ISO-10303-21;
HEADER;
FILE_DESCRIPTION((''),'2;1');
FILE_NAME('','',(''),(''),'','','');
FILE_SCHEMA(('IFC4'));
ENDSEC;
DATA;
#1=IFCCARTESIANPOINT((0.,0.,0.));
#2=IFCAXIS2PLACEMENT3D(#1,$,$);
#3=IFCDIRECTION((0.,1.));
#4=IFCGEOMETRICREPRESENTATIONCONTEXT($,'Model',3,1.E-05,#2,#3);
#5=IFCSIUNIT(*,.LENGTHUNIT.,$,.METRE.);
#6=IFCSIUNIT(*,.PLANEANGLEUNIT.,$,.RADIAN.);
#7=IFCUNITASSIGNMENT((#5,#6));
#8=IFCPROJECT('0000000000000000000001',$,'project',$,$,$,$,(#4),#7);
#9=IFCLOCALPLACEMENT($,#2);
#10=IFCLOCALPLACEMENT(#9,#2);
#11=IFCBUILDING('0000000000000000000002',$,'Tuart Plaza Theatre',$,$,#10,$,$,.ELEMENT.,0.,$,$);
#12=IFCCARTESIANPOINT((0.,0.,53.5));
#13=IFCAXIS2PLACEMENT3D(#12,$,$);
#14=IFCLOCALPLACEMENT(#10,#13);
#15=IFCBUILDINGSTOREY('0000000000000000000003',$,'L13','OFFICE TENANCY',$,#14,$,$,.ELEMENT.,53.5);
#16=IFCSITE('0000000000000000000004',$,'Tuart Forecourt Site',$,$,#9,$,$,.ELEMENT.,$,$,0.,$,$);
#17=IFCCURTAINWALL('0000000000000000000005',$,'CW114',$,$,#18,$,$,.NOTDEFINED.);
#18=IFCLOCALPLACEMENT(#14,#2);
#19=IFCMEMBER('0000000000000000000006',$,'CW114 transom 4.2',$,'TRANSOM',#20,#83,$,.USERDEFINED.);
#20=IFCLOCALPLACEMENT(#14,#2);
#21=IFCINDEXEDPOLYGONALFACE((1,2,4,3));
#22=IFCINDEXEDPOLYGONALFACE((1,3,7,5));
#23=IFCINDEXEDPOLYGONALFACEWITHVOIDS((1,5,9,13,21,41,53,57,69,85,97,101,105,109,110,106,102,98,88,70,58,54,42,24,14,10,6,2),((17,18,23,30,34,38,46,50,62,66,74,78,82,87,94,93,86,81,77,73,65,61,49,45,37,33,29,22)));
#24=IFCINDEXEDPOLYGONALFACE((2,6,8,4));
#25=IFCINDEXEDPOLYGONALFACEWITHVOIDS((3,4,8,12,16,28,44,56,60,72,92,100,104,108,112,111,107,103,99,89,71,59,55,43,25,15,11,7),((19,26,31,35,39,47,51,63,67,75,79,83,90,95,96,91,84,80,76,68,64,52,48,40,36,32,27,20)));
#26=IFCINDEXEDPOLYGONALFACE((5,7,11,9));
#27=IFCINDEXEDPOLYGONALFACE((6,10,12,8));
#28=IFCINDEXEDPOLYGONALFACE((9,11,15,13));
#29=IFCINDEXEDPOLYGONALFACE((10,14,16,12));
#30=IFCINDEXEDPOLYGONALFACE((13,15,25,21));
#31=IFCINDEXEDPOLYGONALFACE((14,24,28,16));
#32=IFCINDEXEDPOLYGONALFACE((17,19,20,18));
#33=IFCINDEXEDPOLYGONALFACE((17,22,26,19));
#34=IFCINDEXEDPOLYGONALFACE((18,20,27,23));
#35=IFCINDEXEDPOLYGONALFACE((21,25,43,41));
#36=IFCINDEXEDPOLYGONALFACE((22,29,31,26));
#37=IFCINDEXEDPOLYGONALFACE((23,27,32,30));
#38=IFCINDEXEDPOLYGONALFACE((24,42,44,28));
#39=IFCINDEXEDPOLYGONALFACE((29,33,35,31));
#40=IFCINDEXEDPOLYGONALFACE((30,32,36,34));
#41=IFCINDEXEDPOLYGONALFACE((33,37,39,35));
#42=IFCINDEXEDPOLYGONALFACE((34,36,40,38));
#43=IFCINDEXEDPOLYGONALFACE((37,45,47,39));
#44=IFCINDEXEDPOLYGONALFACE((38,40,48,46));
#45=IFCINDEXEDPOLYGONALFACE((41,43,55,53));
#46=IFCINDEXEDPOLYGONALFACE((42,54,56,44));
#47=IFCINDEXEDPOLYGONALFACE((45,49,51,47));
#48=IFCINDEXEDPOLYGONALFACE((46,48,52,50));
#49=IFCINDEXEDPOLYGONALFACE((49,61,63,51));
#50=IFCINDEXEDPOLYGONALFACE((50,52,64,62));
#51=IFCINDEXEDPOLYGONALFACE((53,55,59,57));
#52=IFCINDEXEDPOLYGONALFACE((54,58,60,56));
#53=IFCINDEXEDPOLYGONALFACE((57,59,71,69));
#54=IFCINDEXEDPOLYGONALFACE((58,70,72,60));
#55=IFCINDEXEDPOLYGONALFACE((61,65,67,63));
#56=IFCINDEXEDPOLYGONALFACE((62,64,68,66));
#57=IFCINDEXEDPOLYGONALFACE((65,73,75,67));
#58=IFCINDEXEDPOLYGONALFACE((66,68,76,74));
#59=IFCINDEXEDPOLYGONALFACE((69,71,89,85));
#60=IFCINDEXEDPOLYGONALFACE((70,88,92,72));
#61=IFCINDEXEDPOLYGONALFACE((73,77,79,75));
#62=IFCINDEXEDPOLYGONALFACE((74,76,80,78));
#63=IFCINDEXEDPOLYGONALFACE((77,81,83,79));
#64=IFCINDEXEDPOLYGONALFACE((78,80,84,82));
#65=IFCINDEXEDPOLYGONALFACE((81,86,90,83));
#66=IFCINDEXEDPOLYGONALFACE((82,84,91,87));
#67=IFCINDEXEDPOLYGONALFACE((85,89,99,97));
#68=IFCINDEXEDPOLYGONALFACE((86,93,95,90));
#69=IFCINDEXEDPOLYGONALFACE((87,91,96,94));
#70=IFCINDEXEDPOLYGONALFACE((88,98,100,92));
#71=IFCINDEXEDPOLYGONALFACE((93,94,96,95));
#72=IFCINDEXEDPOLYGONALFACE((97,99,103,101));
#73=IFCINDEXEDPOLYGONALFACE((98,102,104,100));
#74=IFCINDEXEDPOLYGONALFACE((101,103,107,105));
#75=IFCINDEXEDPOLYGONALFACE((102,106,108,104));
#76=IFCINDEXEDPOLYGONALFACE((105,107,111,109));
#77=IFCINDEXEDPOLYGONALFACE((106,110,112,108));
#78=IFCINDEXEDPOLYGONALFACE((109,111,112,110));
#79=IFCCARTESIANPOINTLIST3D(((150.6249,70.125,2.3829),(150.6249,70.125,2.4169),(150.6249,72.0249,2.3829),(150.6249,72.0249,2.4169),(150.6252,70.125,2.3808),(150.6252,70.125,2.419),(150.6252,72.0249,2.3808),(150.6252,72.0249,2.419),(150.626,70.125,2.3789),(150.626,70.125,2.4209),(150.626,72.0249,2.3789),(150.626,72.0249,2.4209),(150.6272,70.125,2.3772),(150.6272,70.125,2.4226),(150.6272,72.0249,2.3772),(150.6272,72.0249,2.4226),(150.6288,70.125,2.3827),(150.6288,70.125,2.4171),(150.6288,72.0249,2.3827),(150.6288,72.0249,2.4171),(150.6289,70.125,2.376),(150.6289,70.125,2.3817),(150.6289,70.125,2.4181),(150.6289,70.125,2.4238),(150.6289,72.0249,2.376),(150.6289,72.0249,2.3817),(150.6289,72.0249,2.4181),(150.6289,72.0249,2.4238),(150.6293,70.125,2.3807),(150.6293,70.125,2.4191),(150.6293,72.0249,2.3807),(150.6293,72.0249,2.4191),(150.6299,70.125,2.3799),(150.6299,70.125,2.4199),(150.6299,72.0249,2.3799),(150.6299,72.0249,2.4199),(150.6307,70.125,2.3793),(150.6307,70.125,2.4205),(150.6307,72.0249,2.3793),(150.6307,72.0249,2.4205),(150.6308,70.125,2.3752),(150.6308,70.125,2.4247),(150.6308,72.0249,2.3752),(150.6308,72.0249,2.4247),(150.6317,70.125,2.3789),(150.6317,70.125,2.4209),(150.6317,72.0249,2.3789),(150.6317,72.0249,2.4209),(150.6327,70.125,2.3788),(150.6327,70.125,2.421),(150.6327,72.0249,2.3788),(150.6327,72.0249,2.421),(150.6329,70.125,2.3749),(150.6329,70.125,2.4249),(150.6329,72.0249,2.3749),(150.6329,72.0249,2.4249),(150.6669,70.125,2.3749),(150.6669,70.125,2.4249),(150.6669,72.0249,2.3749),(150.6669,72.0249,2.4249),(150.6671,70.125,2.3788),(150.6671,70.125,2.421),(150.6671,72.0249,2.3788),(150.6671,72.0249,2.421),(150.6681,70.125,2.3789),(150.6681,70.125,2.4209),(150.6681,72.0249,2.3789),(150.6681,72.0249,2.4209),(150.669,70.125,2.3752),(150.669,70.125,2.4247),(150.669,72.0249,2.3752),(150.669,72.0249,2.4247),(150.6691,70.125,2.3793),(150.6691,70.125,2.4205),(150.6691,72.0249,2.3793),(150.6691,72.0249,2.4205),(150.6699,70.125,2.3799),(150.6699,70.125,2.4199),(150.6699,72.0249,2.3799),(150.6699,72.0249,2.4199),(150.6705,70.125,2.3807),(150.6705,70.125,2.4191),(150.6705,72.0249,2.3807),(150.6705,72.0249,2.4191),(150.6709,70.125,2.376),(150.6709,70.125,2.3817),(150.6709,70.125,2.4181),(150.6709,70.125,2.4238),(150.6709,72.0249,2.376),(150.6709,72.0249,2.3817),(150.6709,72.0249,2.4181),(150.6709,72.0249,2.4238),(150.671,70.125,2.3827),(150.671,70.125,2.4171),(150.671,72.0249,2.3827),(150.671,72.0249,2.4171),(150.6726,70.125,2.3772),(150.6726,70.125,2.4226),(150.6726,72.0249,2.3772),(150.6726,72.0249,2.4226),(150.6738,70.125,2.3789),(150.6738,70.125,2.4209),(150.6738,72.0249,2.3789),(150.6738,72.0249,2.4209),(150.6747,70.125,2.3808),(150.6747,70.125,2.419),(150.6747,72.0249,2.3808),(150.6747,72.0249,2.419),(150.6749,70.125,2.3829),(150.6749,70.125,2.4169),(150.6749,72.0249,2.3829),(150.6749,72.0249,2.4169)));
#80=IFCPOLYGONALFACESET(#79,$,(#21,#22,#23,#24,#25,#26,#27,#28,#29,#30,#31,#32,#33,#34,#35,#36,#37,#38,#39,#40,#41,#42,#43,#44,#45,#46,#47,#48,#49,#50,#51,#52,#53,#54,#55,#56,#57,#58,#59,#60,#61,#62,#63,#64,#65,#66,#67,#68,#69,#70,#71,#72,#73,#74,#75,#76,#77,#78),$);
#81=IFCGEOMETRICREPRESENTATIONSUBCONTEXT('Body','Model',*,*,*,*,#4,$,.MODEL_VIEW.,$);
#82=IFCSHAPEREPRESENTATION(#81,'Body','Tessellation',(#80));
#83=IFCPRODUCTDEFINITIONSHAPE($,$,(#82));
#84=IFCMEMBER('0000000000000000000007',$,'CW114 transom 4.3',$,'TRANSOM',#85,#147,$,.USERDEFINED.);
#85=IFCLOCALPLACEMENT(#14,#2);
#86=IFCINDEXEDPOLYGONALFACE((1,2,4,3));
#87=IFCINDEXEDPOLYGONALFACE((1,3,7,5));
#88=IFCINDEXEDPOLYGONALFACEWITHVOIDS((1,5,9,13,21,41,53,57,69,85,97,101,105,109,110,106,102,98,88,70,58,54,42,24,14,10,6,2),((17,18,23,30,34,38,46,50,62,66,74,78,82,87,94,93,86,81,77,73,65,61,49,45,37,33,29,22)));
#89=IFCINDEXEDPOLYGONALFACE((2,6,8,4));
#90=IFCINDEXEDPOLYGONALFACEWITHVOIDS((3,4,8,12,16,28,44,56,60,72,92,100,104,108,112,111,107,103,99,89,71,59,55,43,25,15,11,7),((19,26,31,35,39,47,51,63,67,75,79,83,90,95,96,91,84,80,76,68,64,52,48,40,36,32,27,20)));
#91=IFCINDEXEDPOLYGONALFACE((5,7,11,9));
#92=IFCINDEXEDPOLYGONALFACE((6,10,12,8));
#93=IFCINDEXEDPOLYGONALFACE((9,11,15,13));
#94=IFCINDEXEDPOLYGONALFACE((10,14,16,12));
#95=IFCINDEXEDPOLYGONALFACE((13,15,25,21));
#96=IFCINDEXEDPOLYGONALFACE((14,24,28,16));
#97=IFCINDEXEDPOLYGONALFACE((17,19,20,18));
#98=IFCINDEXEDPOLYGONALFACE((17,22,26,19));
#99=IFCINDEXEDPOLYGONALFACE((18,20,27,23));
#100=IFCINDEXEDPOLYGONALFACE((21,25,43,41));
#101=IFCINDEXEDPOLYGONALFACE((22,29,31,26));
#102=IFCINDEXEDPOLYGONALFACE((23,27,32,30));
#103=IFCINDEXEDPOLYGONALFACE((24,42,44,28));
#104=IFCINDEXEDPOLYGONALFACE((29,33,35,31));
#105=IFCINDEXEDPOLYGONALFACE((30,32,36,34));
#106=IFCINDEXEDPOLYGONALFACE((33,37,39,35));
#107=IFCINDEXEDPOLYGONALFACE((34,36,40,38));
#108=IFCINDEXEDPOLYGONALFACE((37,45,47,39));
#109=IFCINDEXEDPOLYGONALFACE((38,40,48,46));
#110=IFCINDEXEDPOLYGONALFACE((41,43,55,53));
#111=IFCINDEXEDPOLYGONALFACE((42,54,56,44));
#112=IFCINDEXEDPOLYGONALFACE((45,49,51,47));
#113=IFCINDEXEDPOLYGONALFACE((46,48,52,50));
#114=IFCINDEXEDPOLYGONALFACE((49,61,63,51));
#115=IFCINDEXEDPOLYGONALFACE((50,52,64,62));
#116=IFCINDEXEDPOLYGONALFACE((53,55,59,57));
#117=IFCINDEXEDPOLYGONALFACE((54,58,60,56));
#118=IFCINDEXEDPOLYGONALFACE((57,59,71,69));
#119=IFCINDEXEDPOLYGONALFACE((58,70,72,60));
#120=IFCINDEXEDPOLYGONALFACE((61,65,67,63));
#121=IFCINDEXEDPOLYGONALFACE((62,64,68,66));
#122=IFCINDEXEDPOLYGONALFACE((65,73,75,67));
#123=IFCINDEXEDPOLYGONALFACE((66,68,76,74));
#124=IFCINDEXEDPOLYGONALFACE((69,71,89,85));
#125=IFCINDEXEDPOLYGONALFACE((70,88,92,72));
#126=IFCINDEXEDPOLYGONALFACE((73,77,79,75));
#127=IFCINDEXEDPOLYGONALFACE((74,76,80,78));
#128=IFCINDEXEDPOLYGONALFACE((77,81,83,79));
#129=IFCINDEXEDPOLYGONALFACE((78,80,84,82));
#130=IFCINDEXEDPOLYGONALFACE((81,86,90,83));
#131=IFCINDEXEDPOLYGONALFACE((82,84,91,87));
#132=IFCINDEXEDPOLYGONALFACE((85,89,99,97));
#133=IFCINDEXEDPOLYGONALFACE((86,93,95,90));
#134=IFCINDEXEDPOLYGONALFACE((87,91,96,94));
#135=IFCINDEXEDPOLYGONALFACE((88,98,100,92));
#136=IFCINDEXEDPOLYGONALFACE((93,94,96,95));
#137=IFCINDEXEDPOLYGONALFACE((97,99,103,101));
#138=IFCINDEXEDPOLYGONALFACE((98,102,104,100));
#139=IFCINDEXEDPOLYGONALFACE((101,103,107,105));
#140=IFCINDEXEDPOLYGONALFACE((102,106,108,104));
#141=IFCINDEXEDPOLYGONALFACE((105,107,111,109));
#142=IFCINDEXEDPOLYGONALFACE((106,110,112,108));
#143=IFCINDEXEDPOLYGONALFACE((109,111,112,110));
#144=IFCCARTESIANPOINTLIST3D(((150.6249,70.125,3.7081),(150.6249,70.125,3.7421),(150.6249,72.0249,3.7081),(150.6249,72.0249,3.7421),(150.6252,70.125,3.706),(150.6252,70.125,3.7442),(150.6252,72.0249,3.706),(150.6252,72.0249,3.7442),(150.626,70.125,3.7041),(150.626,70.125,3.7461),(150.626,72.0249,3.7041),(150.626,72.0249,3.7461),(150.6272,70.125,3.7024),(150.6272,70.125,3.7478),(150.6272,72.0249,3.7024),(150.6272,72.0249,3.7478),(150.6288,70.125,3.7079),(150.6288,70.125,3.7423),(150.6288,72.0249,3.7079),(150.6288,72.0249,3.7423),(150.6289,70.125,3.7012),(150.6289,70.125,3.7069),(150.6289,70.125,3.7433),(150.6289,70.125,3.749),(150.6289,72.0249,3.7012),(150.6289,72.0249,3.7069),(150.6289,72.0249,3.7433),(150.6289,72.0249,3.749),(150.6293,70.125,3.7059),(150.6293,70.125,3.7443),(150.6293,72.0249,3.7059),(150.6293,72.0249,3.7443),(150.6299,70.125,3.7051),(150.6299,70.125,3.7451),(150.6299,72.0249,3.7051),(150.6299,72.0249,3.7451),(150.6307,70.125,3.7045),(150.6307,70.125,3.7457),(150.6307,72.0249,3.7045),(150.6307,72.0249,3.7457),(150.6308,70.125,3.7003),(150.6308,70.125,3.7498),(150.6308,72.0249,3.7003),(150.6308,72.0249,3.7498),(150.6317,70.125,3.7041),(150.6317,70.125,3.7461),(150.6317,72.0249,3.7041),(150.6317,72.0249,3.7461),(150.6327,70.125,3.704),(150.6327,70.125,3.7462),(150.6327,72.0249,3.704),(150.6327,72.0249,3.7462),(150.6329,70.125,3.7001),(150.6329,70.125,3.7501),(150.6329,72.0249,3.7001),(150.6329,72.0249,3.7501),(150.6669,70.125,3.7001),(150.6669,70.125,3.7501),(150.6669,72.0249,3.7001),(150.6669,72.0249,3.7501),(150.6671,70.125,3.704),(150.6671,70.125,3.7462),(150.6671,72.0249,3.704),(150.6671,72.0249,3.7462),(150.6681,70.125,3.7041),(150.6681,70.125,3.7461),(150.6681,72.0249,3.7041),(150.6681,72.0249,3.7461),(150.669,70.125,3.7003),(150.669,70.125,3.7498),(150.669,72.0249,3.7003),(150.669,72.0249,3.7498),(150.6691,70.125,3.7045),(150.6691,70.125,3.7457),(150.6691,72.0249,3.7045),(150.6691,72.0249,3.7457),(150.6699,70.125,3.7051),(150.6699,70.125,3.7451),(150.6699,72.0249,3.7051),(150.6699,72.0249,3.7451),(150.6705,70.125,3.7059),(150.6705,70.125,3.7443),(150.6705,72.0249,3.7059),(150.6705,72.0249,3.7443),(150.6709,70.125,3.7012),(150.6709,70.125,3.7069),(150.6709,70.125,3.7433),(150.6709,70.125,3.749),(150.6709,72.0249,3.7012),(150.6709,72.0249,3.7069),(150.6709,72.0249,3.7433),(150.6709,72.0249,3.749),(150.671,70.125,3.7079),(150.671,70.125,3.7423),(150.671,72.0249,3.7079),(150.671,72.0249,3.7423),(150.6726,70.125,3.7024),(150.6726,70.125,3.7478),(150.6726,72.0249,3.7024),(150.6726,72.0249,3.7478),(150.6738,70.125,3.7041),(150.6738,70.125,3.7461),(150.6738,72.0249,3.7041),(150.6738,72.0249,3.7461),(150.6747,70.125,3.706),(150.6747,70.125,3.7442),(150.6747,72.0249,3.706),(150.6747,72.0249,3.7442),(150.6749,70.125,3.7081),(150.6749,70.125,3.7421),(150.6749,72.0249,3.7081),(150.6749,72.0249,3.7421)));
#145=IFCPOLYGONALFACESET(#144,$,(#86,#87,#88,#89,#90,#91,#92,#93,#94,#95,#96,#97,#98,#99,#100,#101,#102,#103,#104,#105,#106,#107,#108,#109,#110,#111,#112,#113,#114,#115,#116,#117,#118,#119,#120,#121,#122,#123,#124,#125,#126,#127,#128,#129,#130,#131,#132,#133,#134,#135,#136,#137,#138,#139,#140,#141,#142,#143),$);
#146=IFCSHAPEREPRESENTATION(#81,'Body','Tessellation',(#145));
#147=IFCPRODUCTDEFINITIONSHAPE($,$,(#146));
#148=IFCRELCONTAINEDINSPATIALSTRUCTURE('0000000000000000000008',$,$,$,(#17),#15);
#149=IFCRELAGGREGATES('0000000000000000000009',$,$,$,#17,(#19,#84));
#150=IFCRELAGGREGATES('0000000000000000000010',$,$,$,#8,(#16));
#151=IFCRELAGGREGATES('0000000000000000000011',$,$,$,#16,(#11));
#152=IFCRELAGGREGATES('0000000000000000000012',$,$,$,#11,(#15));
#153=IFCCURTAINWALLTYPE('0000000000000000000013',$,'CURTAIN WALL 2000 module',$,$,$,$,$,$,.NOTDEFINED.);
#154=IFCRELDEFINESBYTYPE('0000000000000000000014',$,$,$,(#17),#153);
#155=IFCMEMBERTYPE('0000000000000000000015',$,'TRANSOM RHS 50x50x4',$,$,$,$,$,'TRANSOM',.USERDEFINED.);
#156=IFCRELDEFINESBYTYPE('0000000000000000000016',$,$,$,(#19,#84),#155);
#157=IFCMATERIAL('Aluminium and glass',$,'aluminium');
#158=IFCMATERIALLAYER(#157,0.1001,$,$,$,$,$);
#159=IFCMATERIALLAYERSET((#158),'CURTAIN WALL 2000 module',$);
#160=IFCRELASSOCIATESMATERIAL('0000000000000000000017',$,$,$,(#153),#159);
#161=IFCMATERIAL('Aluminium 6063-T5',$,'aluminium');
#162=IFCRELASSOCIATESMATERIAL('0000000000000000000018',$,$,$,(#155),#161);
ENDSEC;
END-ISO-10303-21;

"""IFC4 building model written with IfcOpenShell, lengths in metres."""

from ifc_helpers import new_model, si_unit, direction, frame, origin, origin_2d, place, context, subcontext, project, spatial, hollow_rectangle, extrude, material, layer, layer_set, material_profile, profile_set, type_object, element, aggregate, save


model = new_model("IFC4")

# Units and contexts
model_context = context("Model", 3, precision=1e-05, world=origin(), true_north=direction((0.0, 1.0)))
body_context = subcontext(model_context, "Body", "Model", "MODEL_VIEW")
ifc_project = project(units=[si_unit("LENGTHUNIT", "METRE"), si_unit("PLANEANGLEUNIT", "RADIAN")], contexts=[model_context])

# Site, building, storey
site_placement = place(None, origin())
site = spatial("IfcSite", under=ifc_project, at=site_placement, Name="Tuart Forecourt Site", CompositionType="ELEMENT", RefElevation=0.0)
building_placement = place(site_placement, origin())
building = spatial("IfcBuilding", under=site, at=building_placement, Name="Tuart Plaza Theatre", CompositionType="ELEMENT", ElevationOfRefHeight=0.0)
storey_placement = place(building_placement, frame((0.0, 0.0, 53.5)))
storey = spatial("IfcBuildingStorey", under=building, at=storey_placement, Name="L13", Description="OFFICE TENANCY", CompositionType="ELEMENT", Elevation=53.5)

# Shared definitions
ifc_material_1 = material(Name="Aluminium and glass", Category="aluminium")
ifc_layer_1 = layer(ifc_material_1, 0.1001)
ifc_layer_set_1 = layer_set([ifc_layer_1], Name="CURTAIN WALL 2000 module")
curtain_wall_type = type_object("IfcCurtainWallType", Name="CURTAIN WALL 2000 module", PredefinedType="NOTDEFINED", material=ifc_layer_set_1)

# Curtain wall, members
curtain_wall_1_placement = place(storey_placement, origin())
curtain_wall_1 = element("IfcCurtainWall", 1, at=curtain_wall_1_placement, inside=storey, type_object=curtain_wall_type, Name="CW114", PredefinedType="NOTDEFINED")
ifc_material_2 = material(Name="Aluminium 6063-T5", Category="aluminium")
ifc_material_profile_1 = material_profile(ifc_material_2, hollow_rectangle(XDim=0.05, YDim=0.05, WallThickness=0.0039, InnerFilletRadius=0.0039, OuterFilletRadius=0.0081, at=origin_2d()), Name="RHS 50x50x4")
ifc_profile_set_1 = profile_set([ifc_material_profile_1], Name="Aluminium 6063-T5")
member_type_1 = type_object("IfcMemberType", Name="TRANSOM RHS 50x50x4", ElementType="TRANSOM", PredefinedType="USERDEFINED", material=ifc_profile_set_1)
member_1_placement = place(storey_placement, frame((150.6499, 70.125, 2.3999), z_axis=(0.0, 1.0, 0.0), x_axis=(-1.0, 0.0, 0.0)))
member_1 = element("IfcMember", 2, at=member_1_placement, type_object=member_type_1, Name="CW114 transom 4.2", ObjectType="TRANSOM", PredefinedType="USERDEFINED", context=body_context, shape_type="SweptSolid", body=[
    extrude(hollow_rectangle(XDim=0.05, YDim=0.05, WallThickness=0.0039, InnerFilletRadius=0.0039, OuterFilletRadius=0.0081, at=origin_2d()), origin(), (0.0, 0.0, 1.0), 1.8999),
])
member_2_placement = place(storey_placement, frame((150.6499, 70.125, 3.7251), z_axis=(0.0, 1.0, 0.0), x_axis=(-1.0, 0.0, 0.0)))
member_2 = element("IfcMember", 3, at=member_2_placement, type_object=member_type_1, Name="CW114 transom 4.3", ObjectType="TRANSOM", PredefinedType="USERDEFINED", context=body_context, shape_type="SweptSolid", body=[
    extrude(hollow_rectangle(XDim=0.05, YDim=0.05, WallThickness=0.0039, InnerFilletRadius=0.0039, OuterFilletRadius=0.0081, at=origin_2d()), origin(), (0.0, 0.0, 1.0), 1.8999),
])

aggregate(curtain_wall_1, [member_1, member_2])

save(model, "model.ifc")
